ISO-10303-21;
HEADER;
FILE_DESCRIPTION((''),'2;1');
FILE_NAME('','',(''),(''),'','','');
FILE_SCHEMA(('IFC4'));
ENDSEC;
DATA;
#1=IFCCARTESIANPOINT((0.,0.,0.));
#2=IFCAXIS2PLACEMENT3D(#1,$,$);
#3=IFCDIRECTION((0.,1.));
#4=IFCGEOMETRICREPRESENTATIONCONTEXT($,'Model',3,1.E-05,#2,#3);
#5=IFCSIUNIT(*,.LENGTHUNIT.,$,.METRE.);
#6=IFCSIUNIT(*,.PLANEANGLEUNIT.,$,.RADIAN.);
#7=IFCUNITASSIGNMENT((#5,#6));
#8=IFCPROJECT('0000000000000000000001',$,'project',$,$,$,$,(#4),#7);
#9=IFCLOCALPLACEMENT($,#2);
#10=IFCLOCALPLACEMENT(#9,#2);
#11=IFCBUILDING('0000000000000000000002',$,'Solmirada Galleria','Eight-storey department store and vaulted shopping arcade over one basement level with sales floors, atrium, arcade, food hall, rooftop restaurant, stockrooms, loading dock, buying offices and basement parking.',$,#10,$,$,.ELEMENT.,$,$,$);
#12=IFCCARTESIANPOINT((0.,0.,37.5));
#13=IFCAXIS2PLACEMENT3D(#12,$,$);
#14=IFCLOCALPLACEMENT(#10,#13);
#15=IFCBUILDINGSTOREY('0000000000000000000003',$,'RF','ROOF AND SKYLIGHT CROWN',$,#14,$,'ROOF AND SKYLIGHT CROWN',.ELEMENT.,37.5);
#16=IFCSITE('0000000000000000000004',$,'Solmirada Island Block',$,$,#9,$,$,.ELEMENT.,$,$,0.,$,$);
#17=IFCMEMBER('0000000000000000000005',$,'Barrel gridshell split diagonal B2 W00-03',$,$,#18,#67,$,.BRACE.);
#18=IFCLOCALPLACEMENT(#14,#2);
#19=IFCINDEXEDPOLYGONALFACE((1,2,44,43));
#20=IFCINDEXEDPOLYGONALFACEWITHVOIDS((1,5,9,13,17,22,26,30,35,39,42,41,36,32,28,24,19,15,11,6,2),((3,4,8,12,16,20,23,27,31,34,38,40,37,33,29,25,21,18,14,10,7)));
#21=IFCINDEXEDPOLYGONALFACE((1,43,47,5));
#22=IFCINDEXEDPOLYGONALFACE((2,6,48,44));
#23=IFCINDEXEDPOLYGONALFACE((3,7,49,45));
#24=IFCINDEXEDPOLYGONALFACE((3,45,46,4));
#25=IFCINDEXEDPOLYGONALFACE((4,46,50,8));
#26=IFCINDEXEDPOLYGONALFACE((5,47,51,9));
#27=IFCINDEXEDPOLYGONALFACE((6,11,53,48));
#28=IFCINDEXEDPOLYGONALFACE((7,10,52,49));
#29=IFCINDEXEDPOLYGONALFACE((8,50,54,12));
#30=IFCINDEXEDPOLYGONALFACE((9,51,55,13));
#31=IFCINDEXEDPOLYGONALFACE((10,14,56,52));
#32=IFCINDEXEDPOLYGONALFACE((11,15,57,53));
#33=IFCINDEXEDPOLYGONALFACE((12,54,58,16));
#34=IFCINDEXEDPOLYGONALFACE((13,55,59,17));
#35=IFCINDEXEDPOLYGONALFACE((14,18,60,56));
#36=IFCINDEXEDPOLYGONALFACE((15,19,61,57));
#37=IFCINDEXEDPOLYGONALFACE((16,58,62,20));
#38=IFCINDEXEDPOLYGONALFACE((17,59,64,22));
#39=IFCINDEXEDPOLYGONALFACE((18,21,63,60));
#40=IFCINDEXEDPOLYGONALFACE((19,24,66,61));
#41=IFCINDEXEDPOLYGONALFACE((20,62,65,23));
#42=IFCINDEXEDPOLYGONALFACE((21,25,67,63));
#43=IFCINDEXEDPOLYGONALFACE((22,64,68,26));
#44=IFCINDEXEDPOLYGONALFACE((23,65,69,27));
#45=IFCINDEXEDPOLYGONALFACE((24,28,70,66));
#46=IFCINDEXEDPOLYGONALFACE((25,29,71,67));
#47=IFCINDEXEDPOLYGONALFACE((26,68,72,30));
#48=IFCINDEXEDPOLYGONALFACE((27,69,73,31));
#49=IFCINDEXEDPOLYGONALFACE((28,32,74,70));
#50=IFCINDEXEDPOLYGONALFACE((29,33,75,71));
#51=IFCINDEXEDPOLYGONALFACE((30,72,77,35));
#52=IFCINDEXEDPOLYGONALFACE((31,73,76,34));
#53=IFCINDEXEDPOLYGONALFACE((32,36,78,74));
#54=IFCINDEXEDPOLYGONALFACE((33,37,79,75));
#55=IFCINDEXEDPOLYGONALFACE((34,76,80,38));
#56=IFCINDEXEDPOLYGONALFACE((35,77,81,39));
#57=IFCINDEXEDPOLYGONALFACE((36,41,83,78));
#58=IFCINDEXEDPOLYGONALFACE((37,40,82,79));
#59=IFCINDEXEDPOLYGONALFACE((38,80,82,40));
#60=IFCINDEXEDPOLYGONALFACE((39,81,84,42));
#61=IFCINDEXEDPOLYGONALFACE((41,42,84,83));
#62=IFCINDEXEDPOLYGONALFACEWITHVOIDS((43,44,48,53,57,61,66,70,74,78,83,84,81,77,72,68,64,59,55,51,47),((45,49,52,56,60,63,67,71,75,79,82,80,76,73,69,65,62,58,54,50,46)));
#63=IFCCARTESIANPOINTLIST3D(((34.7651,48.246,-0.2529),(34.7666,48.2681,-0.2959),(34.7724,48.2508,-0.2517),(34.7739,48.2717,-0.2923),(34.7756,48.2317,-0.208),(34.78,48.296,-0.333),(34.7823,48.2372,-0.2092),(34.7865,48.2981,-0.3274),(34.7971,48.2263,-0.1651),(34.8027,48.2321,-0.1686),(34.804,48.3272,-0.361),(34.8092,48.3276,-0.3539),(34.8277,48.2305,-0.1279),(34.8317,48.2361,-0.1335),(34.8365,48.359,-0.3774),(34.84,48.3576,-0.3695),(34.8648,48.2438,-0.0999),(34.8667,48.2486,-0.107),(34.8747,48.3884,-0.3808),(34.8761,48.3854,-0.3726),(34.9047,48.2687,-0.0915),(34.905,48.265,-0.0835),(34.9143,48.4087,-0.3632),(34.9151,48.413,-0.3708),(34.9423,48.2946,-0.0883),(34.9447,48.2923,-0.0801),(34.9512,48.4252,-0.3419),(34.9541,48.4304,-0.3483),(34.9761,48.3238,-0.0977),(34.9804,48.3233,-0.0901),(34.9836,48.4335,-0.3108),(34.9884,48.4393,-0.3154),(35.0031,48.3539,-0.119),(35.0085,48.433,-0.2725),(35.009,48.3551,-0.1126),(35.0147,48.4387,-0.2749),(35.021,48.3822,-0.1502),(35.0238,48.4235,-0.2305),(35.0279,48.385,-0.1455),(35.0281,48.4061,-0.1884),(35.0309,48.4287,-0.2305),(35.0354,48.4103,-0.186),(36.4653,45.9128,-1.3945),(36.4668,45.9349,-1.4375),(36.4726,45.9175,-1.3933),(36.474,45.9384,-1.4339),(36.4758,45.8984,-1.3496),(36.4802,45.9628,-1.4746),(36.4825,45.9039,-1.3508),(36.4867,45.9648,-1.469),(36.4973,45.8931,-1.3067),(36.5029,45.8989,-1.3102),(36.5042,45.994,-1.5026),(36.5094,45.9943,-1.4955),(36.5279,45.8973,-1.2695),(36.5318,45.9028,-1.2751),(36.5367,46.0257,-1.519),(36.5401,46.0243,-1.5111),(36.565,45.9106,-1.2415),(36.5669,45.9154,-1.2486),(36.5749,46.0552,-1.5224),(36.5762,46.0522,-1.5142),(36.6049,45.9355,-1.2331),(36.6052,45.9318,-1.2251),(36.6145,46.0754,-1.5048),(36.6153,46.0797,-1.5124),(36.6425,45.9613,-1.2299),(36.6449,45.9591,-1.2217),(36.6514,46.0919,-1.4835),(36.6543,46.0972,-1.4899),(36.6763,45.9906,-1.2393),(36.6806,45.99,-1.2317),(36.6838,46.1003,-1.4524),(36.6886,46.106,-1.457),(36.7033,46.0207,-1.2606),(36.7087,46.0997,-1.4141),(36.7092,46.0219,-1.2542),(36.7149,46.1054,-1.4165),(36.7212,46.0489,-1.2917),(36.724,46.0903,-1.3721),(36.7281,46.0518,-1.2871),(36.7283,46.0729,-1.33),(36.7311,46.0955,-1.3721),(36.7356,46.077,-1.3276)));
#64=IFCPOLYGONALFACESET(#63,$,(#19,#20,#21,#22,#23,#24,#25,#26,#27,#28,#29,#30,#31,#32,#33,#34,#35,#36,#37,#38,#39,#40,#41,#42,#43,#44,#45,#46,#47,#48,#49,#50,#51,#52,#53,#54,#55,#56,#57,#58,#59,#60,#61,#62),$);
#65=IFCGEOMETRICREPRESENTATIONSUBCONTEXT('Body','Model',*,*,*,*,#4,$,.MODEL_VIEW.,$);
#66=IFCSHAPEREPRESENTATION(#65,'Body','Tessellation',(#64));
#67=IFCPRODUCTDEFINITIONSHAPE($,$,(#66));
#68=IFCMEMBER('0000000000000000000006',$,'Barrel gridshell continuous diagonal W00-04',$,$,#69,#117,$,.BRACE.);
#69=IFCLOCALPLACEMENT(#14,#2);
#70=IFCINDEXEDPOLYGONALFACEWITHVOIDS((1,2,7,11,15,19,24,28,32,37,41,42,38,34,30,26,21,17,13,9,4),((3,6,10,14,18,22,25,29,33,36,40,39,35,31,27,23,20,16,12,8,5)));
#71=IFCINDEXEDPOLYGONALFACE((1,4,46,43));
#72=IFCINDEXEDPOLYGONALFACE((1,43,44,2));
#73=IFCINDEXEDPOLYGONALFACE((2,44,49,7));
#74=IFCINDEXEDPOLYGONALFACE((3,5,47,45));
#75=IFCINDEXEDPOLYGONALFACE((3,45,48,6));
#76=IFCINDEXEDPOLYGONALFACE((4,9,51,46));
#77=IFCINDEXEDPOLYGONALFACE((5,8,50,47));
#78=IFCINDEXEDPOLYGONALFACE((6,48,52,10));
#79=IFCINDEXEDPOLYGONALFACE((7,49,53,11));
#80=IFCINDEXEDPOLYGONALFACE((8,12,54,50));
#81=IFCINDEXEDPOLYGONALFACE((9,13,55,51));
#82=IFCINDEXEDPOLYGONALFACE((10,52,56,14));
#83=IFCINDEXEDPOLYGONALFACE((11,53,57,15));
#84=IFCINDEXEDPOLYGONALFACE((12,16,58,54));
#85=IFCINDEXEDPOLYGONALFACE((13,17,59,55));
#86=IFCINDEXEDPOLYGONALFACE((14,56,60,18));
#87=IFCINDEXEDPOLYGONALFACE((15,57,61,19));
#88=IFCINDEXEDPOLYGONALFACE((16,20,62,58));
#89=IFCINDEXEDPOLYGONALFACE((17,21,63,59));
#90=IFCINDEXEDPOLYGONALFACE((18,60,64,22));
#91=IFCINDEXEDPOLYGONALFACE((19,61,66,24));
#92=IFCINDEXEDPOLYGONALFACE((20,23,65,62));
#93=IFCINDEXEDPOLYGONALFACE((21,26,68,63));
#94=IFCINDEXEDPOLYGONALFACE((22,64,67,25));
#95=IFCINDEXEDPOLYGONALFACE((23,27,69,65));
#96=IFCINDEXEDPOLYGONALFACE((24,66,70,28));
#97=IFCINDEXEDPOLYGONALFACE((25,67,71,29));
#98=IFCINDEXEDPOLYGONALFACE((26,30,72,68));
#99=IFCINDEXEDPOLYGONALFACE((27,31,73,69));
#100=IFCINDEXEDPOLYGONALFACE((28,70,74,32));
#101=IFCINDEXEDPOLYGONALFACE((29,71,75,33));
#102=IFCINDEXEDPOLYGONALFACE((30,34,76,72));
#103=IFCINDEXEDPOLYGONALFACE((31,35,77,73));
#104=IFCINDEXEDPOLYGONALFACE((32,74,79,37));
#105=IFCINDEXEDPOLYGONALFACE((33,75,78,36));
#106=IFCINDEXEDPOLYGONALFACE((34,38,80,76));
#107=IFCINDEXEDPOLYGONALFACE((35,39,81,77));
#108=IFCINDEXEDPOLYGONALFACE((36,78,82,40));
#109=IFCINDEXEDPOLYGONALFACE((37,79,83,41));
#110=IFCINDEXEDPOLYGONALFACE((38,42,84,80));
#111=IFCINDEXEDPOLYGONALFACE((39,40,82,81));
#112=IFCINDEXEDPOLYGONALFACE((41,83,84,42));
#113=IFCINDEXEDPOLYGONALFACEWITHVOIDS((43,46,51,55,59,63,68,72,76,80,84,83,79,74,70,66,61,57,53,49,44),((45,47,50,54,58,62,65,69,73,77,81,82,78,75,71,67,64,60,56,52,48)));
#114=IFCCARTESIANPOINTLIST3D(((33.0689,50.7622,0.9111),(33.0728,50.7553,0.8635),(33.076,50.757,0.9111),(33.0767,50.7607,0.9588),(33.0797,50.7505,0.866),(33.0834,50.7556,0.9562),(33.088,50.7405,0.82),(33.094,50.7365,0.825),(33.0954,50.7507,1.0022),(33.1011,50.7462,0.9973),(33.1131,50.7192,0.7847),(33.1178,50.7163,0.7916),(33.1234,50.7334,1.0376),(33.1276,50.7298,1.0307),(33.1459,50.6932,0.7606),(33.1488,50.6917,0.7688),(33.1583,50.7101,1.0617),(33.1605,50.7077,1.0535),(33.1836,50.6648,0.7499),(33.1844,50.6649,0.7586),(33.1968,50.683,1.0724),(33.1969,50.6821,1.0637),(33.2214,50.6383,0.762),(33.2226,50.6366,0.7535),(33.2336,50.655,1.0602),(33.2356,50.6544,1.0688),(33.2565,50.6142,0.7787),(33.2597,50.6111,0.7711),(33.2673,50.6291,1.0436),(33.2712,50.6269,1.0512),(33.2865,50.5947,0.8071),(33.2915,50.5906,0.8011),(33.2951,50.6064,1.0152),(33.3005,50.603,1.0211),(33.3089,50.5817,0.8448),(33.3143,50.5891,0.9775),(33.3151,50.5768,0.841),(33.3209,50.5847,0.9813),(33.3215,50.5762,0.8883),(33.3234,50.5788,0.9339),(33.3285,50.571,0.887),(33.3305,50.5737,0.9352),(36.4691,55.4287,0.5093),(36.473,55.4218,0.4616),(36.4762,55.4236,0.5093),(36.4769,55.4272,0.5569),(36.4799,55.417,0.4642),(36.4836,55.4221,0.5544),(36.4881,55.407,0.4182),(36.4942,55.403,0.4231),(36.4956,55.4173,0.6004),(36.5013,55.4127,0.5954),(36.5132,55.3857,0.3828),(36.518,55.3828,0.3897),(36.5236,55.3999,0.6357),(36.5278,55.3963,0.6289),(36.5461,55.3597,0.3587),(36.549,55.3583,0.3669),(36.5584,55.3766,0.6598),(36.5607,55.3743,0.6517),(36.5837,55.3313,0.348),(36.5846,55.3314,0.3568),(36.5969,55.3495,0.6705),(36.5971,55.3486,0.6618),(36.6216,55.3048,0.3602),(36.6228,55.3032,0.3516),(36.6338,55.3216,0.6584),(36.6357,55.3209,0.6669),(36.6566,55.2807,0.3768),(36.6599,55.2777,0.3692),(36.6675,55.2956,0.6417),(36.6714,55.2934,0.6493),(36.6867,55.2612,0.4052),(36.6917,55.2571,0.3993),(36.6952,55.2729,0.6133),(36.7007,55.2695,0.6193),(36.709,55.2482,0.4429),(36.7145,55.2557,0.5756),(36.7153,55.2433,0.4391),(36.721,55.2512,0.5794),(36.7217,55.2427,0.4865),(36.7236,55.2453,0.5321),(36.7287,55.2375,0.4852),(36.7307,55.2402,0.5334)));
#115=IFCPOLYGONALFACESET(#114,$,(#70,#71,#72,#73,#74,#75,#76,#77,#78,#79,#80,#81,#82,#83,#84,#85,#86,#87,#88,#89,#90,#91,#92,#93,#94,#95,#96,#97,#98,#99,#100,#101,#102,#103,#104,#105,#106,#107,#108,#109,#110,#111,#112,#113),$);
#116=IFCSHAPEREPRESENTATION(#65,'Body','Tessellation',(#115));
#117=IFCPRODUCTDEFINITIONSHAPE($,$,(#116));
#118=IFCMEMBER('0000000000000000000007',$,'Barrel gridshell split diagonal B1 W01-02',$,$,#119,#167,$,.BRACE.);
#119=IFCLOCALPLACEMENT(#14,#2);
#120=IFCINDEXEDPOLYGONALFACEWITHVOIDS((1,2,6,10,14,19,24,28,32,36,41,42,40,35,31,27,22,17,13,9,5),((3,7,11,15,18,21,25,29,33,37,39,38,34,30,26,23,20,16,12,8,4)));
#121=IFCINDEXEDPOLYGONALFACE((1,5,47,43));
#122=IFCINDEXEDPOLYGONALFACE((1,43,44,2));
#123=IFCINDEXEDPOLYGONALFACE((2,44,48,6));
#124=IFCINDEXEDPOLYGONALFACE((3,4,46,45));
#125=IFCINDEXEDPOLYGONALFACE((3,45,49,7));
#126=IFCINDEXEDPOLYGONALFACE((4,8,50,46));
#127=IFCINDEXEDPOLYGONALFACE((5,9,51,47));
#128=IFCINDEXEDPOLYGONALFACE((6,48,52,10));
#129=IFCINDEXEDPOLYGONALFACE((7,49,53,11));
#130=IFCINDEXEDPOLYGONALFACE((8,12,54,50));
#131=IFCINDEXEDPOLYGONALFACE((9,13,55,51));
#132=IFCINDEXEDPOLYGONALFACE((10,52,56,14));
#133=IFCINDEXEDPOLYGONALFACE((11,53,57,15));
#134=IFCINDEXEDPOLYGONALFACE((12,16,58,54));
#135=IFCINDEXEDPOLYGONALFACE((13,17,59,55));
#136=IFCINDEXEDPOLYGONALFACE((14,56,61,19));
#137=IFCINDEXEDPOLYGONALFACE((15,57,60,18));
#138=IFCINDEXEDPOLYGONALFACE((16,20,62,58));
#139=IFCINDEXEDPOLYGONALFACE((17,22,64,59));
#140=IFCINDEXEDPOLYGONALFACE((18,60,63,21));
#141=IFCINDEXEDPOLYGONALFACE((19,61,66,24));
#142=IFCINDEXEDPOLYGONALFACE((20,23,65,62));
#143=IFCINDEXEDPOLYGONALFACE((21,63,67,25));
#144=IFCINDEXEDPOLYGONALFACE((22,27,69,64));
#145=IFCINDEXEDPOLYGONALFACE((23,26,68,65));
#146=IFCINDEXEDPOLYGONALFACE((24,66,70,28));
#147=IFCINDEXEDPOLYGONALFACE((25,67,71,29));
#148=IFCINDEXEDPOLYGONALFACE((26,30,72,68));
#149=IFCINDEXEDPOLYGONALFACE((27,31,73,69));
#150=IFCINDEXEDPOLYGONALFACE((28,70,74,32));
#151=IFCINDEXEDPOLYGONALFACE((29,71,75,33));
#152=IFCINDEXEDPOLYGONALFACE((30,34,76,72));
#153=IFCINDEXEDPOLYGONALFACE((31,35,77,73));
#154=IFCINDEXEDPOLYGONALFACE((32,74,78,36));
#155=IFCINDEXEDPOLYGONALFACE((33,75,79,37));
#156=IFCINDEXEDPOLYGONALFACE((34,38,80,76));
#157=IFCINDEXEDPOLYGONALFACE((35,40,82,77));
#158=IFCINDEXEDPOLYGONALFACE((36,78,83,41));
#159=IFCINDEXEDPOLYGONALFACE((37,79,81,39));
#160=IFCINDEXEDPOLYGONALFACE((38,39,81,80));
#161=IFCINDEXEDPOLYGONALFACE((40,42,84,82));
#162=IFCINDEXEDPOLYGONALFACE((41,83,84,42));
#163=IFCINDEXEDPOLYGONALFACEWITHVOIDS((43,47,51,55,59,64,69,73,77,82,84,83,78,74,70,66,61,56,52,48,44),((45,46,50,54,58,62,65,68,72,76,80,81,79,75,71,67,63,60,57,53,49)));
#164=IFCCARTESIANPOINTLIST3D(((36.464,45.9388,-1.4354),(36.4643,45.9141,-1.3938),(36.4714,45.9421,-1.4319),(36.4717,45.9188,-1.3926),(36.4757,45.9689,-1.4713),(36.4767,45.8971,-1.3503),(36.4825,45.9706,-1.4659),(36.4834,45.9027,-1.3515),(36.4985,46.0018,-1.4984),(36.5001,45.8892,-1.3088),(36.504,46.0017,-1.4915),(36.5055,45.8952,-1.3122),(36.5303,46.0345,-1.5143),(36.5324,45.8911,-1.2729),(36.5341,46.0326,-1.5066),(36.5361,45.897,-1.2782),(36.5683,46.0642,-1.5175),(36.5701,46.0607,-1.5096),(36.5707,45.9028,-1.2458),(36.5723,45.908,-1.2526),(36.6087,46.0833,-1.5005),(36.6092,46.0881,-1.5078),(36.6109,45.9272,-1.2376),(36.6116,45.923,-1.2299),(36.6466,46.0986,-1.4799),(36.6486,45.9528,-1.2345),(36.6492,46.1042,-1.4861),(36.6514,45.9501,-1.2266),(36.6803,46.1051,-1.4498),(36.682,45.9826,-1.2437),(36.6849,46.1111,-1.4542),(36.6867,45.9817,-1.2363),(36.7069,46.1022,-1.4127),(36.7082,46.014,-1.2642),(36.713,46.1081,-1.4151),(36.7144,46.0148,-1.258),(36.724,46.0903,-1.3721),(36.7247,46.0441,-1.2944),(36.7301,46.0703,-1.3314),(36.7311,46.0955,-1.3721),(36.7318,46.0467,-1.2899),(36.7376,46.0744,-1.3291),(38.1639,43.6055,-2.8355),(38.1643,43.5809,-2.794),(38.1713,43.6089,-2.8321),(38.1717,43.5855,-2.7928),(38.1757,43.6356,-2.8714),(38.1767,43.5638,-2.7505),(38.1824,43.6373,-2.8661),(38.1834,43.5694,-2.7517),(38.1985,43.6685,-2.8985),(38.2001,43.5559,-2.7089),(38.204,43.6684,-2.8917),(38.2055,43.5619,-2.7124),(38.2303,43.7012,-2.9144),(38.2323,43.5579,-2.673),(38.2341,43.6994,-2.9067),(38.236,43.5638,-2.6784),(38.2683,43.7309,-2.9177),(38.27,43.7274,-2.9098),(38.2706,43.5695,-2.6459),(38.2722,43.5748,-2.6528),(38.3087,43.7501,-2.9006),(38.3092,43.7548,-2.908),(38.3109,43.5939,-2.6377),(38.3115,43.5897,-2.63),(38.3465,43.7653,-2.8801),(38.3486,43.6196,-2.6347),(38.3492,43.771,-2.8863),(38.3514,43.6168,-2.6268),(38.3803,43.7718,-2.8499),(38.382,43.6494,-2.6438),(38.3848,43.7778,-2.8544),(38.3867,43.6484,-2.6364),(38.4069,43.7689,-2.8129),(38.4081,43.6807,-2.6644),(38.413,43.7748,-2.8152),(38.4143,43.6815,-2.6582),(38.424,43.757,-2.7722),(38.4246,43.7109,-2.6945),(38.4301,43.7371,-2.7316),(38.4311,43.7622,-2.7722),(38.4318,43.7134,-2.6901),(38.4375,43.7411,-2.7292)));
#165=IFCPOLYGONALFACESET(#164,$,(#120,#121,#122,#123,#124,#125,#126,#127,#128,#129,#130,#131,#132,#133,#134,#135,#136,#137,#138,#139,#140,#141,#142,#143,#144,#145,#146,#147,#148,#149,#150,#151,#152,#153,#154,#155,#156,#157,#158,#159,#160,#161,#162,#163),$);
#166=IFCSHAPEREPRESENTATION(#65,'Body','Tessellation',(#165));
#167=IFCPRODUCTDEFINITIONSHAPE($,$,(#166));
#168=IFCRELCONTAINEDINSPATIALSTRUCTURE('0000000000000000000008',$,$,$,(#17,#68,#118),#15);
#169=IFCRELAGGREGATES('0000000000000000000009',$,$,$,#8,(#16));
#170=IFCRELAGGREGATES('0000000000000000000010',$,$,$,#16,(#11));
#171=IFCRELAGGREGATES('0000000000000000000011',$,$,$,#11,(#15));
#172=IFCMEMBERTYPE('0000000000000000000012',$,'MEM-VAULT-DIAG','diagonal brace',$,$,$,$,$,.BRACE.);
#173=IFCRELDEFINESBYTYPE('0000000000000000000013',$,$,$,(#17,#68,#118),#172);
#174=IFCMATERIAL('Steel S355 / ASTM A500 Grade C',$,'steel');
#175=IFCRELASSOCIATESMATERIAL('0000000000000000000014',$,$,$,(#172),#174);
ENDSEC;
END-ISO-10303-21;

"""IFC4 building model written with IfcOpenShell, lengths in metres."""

from ifc_helpers import new_model, si_unit, direction, frame, origin, origin_2d, place, context, subcontext, project, spatial, hollow_circle, extrude, material, material_profile, profile_set, type_object, element, save


model = new_model("IFC4")

# Units and contexts
model_context = context("Model", 3, precision=1e-05, world=origin(), true_north=direction((0.0, 1.0)))
body_context = subcontext(model_context, "Body", "Model", "MODEL_VIEW")
ifc_project = project(units=[si_unit("LENGTHUNIT", "METRE"), si_unit("PLANEANGLEUNIT", "RADIAN")], contexts=[model_context])

# Site, building, storey
site_placement = place(None, origin())
site = spatial("IfcSite", under=ifc_project, at=site_placement, Name="Solmirada Island Block", CompositionType="ELEMENT", RefElevation=0.0)
building_placement = place(site_placement, origin())
building = spatial("IfcBuilding", under=site, at=building_placement, Name="Solmirada Galleria", Description="Eight-storey department store and vaulted shopping arcade over one basement level with sales floors, atrium, arcade, food hall, rooftop restaurant, stockrooms, loading dock, buying offices and basement parking.", CompositionType="ELEMENT")
storey_placement = place(building_placement, frame((0.0, 0.0, 37.5)))
storey = spatial("IfcBuildingStorey", under=building, at=storey_placement, Name="RF", Description="ROOF AND SKYLIGHT CROWN", LongName="ROOF AND SKYLIGHT CROWN", CompositionType="ELEMENT", Elevation=37.5)

# Members
ifc_material_1 = material(Name="Steel S355 / ASTM A500 Grade C", Category="steel")
ifc_material_profile_1 = material_profile(ifc_material_1, hollow_circle(Radius=0.1621, WallThickness=0.0088, at=origin_2d()), Name="HSS12.750X0.375")
ifc_profile_set_1 = profile_set([ifc_material_profile_1], Name="Steel S355 / ASTM A500 Grade C")
member_type_1 = type_object("IfcMemberType", Name="MEM-VAULT-DIAG", Description="diagonal brace", PredefinedType="BRACE", material=ifc_profile_set_1)
for number, where, z_axis, x_axis, name in (
    (1, (34.8999, 48.3333, -0.2305), (0.547653, -0.751568, -0.367724), (0.808195, 0.588916, 0.0), "Barrel gridshell split diagonal B2 W00-03"),
):
    element("IfcMember", number, at=place(storey_placement, frame(where, z_axis=z_axis, x_axis=x_axis)), inside=storey, type_object=member_type_1, Name=name, PredefinedType="BRACE", context=body_context, shape_type="SweptSolid", body=[
        extrude(hollow_circle(Radius=0.1621, WallThickness=0.0088, at=origin_2d()), origin(), (0.0, 0.0, 1.0), 3.1045),
    ])
member_1_placement = place(storey_placement, frame((33.2, 50.6667, 0.9111), z_axis=(0.587467, 0.806264, -0.069431), x_axis=(-0.808215, 0.588888, 0.0)))
element("IfcMember", 2, at=member_1_placement, inside=storey, type_object=member_type_1, Name="Barrel gridshell continuous diagonal W00-04", PredefinedType="BRACE", context=body_context, shape_type="SweptSolid", body=[
    extrude(hollow_circle(Radius=0.1621, WallThickness=0.0088, at=origin_2d()), origin(), (0.0, 0.0, 1.0), 5.7878),
])
member_2_placement = place(storey_placement, frame((36.6001, 46.0, -1.3721), z_axis=(0.529832, -0.727215, -0.43639), x_axis=(0.808235, 0.58886, 0.0)))
element("IfcMember", 3, at=member_2_placement, inside=storey, type_object=member_type_1, Name="Barrel gridshell split diagonal B1 W01-02", PredefinedType="BRACE", context=body_context, shape_type="SweptSolid", body=[
    extrude(hollow_circle(Radius=0.1621, WallThickness=0.0088, at=origin_2d()), origin(), (0.0, 0.0, 1.0), 3.2085),
])

save(model, "model.ifc")
